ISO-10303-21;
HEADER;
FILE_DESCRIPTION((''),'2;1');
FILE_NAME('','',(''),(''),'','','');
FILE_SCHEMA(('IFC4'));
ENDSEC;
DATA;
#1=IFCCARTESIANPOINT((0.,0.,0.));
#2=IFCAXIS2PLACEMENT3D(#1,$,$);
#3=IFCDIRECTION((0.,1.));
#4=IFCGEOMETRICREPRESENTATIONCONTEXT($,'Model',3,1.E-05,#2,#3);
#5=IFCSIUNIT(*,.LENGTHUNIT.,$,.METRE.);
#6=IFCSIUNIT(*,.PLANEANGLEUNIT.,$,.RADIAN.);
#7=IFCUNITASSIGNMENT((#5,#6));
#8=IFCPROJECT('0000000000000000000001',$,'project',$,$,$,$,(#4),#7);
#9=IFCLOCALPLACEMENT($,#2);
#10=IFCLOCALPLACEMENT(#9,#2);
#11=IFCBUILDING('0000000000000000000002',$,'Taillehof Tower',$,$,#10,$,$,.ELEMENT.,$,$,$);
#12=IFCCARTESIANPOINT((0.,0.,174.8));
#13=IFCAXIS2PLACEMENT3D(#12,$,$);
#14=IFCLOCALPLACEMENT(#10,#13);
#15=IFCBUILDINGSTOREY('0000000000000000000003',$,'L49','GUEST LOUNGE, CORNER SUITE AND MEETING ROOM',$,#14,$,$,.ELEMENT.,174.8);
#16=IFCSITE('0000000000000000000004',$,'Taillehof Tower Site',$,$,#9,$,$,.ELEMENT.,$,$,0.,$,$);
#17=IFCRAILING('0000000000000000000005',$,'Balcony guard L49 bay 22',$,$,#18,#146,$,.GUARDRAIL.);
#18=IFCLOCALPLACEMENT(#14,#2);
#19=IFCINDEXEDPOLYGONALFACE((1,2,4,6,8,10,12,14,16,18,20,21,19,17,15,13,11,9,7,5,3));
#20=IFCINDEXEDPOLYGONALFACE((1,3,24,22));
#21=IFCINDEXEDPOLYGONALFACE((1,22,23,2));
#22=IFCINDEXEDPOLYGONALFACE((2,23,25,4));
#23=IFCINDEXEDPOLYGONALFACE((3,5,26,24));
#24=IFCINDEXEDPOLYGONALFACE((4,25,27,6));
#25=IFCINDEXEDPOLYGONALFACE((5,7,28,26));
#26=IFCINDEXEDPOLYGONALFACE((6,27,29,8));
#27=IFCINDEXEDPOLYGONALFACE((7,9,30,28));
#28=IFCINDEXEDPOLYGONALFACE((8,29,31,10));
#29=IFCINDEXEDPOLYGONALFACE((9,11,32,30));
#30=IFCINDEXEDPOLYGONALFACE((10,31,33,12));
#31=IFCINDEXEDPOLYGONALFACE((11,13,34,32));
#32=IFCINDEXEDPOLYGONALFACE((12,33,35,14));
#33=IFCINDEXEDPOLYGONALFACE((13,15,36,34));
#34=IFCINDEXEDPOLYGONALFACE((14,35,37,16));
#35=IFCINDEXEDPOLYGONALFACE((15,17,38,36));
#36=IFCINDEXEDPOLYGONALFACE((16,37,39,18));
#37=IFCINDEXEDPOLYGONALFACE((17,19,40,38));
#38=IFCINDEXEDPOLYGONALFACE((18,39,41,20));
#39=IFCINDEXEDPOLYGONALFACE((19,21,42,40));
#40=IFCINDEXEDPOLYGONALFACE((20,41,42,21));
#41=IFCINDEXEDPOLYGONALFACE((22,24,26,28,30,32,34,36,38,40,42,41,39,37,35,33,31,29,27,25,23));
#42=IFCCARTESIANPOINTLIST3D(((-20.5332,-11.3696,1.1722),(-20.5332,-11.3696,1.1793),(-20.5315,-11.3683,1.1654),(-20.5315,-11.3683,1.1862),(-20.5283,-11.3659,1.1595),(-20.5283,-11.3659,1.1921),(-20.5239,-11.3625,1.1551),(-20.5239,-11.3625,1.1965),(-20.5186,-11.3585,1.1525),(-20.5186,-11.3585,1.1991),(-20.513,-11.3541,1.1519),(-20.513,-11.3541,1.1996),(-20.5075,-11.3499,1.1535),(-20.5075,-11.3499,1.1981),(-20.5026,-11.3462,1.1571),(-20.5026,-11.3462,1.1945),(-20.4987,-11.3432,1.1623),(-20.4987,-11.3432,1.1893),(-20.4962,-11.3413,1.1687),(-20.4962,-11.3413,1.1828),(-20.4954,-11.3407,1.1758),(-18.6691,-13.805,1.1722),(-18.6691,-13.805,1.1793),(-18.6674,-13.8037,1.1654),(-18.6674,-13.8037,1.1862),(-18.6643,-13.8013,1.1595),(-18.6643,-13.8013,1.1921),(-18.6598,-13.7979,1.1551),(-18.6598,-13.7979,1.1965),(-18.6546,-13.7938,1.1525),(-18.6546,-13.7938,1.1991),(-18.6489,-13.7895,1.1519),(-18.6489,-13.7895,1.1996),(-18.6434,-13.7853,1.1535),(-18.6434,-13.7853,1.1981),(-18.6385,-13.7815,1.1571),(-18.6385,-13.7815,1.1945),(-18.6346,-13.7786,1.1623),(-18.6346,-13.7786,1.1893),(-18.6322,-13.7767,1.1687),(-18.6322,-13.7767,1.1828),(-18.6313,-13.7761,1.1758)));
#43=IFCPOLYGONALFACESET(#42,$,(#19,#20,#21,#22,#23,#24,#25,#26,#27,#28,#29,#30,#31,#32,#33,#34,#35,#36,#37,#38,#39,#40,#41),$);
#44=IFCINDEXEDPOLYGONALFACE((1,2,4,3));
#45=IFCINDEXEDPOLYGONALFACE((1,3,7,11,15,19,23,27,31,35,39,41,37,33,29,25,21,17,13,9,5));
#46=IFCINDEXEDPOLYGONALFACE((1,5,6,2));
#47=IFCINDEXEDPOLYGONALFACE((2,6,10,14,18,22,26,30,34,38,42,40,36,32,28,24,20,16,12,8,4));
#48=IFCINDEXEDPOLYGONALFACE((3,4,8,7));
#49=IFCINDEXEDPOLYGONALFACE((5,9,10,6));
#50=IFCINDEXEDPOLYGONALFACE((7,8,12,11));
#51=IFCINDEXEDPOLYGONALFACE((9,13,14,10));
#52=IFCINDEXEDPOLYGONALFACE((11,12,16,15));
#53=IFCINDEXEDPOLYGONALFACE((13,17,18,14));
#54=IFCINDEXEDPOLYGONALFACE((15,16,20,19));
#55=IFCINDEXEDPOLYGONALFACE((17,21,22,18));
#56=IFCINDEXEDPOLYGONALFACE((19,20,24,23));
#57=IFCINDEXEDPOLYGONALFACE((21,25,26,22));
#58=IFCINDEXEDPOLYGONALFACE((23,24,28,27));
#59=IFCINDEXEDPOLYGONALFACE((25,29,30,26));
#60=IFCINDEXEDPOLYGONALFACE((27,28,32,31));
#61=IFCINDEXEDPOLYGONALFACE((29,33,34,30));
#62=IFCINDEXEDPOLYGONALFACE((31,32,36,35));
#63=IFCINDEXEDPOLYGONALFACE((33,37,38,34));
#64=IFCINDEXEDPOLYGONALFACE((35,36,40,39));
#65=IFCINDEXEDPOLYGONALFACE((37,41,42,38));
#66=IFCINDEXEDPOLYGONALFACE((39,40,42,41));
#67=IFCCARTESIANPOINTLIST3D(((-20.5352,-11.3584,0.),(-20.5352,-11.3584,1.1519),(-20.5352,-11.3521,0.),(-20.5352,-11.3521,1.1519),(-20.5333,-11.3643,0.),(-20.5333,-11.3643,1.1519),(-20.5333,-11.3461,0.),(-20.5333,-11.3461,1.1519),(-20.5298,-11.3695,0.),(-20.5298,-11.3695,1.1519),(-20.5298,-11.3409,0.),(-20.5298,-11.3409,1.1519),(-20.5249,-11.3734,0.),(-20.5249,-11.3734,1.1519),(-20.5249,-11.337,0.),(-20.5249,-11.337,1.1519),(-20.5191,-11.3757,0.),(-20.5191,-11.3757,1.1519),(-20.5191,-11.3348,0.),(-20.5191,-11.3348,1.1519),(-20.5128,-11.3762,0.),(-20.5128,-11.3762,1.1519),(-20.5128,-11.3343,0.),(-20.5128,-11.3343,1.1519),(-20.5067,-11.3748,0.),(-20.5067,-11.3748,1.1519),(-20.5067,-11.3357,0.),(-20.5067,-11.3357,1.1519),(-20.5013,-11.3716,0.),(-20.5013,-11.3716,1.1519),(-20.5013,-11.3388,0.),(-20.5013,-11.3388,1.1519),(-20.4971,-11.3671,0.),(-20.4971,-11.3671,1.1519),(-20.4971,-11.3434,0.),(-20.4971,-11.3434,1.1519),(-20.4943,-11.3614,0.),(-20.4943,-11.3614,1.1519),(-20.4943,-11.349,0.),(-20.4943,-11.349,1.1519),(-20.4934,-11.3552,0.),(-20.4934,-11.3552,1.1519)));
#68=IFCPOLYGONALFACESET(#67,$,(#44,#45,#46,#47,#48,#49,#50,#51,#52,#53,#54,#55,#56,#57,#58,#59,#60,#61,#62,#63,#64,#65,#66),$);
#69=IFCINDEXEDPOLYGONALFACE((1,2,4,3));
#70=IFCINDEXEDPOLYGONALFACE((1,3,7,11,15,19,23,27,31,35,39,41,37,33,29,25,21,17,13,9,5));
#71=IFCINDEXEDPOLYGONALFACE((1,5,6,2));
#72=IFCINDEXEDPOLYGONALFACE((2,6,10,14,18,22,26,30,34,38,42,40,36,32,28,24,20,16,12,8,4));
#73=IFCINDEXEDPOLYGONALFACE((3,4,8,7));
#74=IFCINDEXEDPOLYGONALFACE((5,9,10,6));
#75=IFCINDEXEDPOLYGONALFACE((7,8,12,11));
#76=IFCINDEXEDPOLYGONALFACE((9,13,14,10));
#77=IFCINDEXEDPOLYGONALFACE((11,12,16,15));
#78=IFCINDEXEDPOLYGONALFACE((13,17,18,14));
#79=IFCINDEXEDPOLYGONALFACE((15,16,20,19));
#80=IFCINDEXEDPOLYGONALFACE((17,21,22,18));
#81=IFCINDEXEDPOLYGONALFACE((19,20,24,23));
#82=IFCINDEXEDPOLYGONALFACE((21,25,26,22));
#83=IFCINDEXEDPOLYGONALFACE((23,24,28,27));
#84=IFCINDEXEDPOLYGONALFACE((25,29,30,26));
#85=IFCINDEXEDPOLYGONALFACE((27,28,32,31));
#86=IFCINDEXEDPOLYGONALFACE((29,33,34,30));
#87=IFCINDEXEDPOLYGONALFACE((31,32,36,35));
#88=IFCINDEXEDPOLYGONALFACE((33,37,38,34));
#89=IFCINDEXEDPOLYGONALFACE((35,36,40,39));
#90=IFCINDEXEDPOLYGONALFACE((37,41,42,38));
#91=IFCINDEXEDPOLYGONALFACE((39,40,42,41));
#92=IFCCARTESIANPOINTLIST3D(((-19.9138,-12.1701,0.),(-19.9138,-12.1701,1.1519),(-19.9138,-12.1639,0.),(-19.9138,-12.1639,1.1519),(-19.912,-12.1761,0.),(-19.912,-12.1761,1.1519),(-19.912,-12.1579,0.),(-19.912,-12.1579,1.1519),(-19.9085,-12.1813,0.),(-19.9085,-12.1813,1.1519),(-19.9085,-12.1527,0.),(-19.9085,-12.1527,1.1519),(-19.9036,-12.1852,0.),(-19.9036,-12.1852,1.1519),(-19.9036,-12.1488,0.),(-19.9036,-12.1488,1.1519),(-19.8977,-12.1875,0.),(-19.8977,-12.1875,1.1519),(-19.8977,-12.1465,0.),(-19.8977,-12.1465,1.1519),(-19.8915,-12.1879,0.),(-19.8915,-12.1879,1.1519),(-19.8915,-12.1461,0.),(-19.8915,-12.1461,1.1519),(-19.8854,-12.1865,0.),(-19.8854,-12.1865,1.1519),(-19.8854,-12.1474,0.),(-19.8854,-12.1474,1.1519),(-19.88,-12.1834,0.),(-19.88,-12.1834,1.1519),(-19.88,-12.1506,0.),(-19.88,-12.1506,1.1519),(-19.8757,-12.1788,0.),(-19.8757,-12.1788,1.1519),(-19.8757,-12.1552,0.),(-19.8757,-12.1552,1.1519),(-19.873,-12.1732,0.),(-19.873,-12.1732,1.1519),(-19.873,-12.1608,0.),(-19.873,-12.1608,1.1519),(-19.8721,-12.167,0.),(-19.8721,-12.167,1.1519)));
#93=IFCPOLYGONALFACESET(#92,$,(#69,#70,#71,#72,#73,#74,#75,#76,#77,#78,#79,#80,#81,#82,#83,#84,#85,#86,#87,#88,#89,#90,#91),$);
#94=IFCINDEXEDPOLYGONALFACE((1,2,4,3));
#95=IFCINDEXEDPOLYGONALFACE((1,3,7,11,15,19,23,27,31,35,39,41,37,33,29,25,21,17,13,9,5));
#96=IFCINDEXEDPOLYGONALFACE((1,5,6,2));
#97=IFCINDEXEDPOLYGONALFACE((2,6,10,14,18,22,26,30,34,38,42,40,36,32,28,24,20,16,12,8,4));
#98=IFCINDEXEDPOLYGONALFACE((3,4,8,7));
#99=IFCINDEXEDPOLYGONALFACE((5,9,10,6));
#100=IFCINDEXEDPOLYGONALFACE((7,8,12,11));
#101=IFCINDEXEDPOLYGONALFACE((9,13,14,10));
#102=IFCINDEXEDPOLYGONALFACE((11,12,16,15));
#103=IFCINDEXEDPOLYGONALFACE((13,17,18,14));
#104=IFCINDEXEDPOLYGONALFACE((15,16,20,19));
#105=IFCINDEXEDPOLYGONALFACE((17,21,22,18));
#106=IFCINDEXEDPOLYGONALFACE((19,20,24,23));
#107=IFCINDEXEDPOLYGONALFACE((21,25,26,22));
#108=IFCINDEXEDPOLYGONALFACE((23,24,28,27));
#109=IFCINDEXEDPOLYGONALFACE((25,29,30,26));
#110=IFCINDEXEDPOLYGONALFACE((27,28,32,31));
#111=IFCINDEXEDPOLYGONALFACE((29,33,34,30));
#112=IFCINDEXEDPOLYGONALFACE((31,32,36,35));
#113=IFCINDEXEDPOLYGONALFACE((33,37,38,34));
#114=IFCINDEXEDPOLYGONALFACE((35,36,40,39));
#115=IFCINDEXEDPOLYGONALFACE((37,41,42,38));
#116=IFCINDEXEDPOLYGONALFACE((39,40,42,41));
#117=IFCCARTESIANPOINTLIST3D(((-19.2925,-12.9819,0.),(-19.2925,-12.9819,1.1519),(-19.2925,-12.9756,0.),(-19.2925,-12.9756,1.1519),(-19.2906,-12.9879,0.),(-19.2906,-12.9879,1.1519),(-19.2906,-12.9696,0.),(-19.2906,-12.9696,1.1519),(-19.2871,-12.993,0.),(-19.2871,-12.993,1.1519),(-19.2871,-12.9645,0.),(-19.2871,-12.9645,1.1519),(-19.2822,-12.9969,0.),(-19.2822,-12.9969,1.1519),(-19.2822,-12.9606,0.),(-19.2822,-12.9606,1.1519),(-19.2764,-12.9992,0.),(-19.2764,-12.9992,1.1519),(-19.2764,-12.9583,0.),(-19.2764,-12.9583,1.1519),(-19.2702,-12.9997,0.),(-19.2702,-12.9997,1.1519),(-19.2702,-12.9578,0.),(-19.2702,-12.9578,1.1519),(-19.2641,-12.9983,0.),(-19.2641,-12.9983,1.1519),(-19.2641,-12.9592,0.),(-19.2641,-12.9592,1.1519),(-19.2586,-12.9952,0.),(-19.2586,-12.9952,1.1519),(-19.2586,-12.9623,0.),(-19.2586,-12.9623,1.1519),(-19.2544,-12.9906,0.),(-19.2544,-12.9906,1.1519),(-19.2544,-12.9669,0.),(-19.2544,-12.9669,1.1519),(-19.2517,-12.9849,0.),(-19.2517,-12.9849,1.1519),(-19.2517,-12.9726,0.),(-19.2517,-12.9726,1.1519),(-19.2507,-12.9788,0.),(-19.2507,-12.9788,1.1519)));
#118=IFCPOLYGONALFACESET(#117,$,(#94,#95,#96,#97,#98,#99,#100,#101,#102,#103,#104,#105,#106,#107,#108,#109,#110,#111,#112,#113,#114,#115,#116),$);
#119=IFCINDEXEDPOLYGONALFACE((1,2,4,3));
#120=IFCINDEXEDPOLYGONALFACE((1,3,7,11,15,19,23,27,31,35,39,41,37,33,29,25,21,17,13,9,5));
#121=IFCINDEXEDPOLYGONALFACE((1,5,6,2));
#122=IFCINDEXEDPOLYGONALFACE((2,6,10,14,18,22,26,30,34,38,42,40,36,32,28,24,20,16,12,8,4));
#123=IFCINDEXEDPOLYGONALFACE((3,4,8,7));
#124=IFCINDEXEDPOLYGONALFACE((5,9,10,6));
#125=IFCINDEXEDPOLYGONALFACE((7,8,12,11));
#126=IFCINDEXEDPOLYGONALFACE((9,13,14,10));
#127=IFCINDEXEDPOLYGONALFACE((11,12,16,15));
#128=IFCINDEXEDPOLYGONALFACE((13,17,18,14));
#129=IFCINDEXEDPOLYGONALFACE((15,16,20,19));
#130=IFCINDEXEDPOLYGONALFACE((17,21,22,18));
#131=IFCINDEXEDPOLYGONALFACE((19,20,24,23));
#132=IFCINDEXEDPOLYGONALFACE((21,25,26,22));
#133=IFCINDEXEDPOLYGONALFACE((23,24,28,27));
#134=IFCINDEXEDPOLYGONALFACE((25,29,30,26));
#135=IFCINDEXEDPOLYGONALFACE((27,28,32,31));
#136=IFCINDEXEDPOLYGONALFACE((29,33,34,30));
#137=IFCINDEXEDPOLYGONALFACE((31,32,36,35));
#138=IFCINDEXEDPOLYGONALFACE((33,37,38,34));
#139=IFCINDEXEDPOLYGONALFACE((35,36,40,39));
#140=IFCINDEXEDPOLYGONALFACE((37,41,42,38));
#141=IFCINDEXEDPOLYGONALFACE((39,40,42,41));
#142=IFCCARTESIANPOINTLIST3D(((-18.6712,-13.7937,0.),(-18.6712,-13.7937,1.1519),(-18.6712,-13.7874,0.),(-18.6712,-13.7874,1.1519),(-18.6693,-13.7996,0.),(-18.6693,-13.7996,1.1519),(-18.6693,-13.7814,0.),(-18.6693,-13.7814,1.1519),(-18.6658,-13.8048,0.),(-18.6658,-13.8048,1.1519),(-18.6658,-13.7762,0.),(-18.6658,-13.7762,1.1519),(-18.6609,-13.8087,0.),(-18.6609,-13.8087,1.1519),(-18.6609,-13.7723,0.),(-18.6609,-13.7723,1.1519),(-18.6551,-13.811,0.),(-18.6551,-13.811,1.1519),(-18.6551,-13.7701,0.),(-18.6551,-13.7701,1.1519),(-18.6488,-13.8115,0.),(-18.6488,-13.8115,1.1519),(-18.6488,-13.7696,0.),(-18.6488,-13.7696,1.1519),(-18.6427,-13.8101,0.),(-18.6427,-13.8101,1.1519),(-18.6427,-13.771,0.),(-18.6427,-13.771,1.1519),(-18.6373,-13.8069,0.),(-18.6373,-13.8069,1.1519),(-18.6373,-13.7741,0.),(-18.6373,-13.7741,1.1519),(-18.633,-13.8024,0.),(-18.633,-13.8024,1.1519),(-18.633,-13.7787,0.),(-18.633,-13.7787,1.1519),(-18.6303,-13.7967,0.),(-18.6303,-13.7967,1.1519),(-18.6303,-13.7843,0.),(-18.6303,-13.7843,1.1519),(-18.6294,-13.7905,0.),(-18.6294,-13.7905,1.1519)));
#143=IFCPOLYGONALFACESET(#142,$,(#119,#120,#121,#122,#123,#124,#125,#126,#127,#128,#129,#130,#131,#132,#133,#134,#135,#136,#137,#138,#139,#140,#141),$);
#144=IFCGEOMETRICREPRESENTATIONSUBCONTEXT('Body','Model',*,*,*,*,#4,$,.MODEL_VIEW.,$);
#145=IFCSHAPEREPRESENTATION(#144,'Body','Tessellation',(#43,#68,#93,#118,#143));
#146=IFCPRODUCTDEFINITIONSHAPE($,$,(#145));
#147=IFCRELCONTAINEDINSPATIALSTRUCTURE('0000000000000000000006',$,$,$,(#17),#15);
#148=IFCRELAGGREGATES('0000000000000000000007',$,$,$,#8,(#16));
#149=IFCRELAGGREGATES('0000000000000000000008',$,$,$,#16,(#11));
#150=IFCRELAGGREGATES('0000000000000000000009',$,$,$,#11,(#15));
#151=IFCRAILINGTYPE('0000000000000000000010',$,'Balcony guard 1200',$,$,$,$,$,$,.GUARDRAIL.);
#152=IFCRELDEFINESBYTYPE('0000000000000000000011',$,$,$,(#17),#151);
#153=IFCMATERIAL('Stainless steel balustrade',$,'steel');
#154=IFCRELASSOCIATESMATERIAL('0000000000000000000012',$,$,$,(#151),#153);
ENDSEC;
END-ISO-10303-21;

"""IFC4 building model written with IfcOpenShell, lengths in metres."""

from ifc_helpers import new_model, si_unit, direction, frame, origin, origin_2d, place, context, subcontext, project, spatial, circle, extrude, material, type_object, element, save


model = new_model("IFC4")

# Units and contexts
model_context = context("Model", 3, precision=1e-05, world=origin(), true_north=direction((0.0, 1.0)))
body_context = subcontext(model_context, "Body", "Model", "MODEL_VIEW")
ifc_project = project(units=[si_unit("LENGTHUNIT", "METRE"), si_unit("PLANEANGLEUNIT", "RADIAN")], contexts=[model_context])

# Site, building, storey
site_placement = place(None, origin())
site = spatial("IfcSite", under=ifc_project, at=site_placement, Name="Taillehof Tower Site", CompositionType="ELEMENT", RefElevation=0.0)
building_placement = place(site_placement, origin())
building = spatial("IfcBuilding", under=site, at=building_placement, Name="Taillehof Tower", CompositionType="ELEMENT")
storey_placement = place(building_placement, frame((0.0, 0.0, 174.8)))
storey = spatial("IfcBuildingStorey", under=building, at=storey_placement, Name="L49", Description="GUEST LOUNGE, CORNER SUITE AND MEETING ROOM", CompositionType="ELEMENT", Elevation=174.8)

# Railing
ifc_material_1 = material(Name="Stainless steel balustrade", Category="steel")
railing_type = type_object("IfcRailingType", Name="Balcony guard 1200", PredefinedType="GUARDRAIL", material=ifc_material_1)
railing_1_placement = place(storey_placement, frame((-20.5144, -11.3552, 0.0)))
element("IfcRailing", 1, at=railing_1_placement, inside=storey, type_object=railing_type, Name="Balcony guard L49 bay 22", PredefinedType="GUARDRAIL", context=body_context, shape_type="SweptSolid", body=[
    extrude(circle(Radius=0.0239, at=origin_2d()), frame((0.0, 0.0, 1.1758), z_axis=(0.607805, -0.794087, 0.0), x_axis=(0.794087, 0.607805, 0.0)), (0.0, 0.0, 1.0), 3.0669),
    extrude(circle(Radius=0.021, at=origin_2d()), origin(), (0.0, 0.0, 1.0), 1.1519),
    extrude(circle(Radius=0.021, at=origin_2d()), frame((0.6213, -0.8118, 0.0)), (0.0, 0.0, 1.0), 1.1519),
    extrude(circle(Radius=0.021, at=origin_2d()), frame((1.2427, -1.6235, 0.0)), (0.0, 0.0, 1.0), 1.1519),
    extrude(circle(Radius=0.021, at=origin_2d()), frame((1.864, -2.4353, 0.0)), (0.0, 0.0, 1.0), 1.1519),
])

save(model, "model.ifc")
